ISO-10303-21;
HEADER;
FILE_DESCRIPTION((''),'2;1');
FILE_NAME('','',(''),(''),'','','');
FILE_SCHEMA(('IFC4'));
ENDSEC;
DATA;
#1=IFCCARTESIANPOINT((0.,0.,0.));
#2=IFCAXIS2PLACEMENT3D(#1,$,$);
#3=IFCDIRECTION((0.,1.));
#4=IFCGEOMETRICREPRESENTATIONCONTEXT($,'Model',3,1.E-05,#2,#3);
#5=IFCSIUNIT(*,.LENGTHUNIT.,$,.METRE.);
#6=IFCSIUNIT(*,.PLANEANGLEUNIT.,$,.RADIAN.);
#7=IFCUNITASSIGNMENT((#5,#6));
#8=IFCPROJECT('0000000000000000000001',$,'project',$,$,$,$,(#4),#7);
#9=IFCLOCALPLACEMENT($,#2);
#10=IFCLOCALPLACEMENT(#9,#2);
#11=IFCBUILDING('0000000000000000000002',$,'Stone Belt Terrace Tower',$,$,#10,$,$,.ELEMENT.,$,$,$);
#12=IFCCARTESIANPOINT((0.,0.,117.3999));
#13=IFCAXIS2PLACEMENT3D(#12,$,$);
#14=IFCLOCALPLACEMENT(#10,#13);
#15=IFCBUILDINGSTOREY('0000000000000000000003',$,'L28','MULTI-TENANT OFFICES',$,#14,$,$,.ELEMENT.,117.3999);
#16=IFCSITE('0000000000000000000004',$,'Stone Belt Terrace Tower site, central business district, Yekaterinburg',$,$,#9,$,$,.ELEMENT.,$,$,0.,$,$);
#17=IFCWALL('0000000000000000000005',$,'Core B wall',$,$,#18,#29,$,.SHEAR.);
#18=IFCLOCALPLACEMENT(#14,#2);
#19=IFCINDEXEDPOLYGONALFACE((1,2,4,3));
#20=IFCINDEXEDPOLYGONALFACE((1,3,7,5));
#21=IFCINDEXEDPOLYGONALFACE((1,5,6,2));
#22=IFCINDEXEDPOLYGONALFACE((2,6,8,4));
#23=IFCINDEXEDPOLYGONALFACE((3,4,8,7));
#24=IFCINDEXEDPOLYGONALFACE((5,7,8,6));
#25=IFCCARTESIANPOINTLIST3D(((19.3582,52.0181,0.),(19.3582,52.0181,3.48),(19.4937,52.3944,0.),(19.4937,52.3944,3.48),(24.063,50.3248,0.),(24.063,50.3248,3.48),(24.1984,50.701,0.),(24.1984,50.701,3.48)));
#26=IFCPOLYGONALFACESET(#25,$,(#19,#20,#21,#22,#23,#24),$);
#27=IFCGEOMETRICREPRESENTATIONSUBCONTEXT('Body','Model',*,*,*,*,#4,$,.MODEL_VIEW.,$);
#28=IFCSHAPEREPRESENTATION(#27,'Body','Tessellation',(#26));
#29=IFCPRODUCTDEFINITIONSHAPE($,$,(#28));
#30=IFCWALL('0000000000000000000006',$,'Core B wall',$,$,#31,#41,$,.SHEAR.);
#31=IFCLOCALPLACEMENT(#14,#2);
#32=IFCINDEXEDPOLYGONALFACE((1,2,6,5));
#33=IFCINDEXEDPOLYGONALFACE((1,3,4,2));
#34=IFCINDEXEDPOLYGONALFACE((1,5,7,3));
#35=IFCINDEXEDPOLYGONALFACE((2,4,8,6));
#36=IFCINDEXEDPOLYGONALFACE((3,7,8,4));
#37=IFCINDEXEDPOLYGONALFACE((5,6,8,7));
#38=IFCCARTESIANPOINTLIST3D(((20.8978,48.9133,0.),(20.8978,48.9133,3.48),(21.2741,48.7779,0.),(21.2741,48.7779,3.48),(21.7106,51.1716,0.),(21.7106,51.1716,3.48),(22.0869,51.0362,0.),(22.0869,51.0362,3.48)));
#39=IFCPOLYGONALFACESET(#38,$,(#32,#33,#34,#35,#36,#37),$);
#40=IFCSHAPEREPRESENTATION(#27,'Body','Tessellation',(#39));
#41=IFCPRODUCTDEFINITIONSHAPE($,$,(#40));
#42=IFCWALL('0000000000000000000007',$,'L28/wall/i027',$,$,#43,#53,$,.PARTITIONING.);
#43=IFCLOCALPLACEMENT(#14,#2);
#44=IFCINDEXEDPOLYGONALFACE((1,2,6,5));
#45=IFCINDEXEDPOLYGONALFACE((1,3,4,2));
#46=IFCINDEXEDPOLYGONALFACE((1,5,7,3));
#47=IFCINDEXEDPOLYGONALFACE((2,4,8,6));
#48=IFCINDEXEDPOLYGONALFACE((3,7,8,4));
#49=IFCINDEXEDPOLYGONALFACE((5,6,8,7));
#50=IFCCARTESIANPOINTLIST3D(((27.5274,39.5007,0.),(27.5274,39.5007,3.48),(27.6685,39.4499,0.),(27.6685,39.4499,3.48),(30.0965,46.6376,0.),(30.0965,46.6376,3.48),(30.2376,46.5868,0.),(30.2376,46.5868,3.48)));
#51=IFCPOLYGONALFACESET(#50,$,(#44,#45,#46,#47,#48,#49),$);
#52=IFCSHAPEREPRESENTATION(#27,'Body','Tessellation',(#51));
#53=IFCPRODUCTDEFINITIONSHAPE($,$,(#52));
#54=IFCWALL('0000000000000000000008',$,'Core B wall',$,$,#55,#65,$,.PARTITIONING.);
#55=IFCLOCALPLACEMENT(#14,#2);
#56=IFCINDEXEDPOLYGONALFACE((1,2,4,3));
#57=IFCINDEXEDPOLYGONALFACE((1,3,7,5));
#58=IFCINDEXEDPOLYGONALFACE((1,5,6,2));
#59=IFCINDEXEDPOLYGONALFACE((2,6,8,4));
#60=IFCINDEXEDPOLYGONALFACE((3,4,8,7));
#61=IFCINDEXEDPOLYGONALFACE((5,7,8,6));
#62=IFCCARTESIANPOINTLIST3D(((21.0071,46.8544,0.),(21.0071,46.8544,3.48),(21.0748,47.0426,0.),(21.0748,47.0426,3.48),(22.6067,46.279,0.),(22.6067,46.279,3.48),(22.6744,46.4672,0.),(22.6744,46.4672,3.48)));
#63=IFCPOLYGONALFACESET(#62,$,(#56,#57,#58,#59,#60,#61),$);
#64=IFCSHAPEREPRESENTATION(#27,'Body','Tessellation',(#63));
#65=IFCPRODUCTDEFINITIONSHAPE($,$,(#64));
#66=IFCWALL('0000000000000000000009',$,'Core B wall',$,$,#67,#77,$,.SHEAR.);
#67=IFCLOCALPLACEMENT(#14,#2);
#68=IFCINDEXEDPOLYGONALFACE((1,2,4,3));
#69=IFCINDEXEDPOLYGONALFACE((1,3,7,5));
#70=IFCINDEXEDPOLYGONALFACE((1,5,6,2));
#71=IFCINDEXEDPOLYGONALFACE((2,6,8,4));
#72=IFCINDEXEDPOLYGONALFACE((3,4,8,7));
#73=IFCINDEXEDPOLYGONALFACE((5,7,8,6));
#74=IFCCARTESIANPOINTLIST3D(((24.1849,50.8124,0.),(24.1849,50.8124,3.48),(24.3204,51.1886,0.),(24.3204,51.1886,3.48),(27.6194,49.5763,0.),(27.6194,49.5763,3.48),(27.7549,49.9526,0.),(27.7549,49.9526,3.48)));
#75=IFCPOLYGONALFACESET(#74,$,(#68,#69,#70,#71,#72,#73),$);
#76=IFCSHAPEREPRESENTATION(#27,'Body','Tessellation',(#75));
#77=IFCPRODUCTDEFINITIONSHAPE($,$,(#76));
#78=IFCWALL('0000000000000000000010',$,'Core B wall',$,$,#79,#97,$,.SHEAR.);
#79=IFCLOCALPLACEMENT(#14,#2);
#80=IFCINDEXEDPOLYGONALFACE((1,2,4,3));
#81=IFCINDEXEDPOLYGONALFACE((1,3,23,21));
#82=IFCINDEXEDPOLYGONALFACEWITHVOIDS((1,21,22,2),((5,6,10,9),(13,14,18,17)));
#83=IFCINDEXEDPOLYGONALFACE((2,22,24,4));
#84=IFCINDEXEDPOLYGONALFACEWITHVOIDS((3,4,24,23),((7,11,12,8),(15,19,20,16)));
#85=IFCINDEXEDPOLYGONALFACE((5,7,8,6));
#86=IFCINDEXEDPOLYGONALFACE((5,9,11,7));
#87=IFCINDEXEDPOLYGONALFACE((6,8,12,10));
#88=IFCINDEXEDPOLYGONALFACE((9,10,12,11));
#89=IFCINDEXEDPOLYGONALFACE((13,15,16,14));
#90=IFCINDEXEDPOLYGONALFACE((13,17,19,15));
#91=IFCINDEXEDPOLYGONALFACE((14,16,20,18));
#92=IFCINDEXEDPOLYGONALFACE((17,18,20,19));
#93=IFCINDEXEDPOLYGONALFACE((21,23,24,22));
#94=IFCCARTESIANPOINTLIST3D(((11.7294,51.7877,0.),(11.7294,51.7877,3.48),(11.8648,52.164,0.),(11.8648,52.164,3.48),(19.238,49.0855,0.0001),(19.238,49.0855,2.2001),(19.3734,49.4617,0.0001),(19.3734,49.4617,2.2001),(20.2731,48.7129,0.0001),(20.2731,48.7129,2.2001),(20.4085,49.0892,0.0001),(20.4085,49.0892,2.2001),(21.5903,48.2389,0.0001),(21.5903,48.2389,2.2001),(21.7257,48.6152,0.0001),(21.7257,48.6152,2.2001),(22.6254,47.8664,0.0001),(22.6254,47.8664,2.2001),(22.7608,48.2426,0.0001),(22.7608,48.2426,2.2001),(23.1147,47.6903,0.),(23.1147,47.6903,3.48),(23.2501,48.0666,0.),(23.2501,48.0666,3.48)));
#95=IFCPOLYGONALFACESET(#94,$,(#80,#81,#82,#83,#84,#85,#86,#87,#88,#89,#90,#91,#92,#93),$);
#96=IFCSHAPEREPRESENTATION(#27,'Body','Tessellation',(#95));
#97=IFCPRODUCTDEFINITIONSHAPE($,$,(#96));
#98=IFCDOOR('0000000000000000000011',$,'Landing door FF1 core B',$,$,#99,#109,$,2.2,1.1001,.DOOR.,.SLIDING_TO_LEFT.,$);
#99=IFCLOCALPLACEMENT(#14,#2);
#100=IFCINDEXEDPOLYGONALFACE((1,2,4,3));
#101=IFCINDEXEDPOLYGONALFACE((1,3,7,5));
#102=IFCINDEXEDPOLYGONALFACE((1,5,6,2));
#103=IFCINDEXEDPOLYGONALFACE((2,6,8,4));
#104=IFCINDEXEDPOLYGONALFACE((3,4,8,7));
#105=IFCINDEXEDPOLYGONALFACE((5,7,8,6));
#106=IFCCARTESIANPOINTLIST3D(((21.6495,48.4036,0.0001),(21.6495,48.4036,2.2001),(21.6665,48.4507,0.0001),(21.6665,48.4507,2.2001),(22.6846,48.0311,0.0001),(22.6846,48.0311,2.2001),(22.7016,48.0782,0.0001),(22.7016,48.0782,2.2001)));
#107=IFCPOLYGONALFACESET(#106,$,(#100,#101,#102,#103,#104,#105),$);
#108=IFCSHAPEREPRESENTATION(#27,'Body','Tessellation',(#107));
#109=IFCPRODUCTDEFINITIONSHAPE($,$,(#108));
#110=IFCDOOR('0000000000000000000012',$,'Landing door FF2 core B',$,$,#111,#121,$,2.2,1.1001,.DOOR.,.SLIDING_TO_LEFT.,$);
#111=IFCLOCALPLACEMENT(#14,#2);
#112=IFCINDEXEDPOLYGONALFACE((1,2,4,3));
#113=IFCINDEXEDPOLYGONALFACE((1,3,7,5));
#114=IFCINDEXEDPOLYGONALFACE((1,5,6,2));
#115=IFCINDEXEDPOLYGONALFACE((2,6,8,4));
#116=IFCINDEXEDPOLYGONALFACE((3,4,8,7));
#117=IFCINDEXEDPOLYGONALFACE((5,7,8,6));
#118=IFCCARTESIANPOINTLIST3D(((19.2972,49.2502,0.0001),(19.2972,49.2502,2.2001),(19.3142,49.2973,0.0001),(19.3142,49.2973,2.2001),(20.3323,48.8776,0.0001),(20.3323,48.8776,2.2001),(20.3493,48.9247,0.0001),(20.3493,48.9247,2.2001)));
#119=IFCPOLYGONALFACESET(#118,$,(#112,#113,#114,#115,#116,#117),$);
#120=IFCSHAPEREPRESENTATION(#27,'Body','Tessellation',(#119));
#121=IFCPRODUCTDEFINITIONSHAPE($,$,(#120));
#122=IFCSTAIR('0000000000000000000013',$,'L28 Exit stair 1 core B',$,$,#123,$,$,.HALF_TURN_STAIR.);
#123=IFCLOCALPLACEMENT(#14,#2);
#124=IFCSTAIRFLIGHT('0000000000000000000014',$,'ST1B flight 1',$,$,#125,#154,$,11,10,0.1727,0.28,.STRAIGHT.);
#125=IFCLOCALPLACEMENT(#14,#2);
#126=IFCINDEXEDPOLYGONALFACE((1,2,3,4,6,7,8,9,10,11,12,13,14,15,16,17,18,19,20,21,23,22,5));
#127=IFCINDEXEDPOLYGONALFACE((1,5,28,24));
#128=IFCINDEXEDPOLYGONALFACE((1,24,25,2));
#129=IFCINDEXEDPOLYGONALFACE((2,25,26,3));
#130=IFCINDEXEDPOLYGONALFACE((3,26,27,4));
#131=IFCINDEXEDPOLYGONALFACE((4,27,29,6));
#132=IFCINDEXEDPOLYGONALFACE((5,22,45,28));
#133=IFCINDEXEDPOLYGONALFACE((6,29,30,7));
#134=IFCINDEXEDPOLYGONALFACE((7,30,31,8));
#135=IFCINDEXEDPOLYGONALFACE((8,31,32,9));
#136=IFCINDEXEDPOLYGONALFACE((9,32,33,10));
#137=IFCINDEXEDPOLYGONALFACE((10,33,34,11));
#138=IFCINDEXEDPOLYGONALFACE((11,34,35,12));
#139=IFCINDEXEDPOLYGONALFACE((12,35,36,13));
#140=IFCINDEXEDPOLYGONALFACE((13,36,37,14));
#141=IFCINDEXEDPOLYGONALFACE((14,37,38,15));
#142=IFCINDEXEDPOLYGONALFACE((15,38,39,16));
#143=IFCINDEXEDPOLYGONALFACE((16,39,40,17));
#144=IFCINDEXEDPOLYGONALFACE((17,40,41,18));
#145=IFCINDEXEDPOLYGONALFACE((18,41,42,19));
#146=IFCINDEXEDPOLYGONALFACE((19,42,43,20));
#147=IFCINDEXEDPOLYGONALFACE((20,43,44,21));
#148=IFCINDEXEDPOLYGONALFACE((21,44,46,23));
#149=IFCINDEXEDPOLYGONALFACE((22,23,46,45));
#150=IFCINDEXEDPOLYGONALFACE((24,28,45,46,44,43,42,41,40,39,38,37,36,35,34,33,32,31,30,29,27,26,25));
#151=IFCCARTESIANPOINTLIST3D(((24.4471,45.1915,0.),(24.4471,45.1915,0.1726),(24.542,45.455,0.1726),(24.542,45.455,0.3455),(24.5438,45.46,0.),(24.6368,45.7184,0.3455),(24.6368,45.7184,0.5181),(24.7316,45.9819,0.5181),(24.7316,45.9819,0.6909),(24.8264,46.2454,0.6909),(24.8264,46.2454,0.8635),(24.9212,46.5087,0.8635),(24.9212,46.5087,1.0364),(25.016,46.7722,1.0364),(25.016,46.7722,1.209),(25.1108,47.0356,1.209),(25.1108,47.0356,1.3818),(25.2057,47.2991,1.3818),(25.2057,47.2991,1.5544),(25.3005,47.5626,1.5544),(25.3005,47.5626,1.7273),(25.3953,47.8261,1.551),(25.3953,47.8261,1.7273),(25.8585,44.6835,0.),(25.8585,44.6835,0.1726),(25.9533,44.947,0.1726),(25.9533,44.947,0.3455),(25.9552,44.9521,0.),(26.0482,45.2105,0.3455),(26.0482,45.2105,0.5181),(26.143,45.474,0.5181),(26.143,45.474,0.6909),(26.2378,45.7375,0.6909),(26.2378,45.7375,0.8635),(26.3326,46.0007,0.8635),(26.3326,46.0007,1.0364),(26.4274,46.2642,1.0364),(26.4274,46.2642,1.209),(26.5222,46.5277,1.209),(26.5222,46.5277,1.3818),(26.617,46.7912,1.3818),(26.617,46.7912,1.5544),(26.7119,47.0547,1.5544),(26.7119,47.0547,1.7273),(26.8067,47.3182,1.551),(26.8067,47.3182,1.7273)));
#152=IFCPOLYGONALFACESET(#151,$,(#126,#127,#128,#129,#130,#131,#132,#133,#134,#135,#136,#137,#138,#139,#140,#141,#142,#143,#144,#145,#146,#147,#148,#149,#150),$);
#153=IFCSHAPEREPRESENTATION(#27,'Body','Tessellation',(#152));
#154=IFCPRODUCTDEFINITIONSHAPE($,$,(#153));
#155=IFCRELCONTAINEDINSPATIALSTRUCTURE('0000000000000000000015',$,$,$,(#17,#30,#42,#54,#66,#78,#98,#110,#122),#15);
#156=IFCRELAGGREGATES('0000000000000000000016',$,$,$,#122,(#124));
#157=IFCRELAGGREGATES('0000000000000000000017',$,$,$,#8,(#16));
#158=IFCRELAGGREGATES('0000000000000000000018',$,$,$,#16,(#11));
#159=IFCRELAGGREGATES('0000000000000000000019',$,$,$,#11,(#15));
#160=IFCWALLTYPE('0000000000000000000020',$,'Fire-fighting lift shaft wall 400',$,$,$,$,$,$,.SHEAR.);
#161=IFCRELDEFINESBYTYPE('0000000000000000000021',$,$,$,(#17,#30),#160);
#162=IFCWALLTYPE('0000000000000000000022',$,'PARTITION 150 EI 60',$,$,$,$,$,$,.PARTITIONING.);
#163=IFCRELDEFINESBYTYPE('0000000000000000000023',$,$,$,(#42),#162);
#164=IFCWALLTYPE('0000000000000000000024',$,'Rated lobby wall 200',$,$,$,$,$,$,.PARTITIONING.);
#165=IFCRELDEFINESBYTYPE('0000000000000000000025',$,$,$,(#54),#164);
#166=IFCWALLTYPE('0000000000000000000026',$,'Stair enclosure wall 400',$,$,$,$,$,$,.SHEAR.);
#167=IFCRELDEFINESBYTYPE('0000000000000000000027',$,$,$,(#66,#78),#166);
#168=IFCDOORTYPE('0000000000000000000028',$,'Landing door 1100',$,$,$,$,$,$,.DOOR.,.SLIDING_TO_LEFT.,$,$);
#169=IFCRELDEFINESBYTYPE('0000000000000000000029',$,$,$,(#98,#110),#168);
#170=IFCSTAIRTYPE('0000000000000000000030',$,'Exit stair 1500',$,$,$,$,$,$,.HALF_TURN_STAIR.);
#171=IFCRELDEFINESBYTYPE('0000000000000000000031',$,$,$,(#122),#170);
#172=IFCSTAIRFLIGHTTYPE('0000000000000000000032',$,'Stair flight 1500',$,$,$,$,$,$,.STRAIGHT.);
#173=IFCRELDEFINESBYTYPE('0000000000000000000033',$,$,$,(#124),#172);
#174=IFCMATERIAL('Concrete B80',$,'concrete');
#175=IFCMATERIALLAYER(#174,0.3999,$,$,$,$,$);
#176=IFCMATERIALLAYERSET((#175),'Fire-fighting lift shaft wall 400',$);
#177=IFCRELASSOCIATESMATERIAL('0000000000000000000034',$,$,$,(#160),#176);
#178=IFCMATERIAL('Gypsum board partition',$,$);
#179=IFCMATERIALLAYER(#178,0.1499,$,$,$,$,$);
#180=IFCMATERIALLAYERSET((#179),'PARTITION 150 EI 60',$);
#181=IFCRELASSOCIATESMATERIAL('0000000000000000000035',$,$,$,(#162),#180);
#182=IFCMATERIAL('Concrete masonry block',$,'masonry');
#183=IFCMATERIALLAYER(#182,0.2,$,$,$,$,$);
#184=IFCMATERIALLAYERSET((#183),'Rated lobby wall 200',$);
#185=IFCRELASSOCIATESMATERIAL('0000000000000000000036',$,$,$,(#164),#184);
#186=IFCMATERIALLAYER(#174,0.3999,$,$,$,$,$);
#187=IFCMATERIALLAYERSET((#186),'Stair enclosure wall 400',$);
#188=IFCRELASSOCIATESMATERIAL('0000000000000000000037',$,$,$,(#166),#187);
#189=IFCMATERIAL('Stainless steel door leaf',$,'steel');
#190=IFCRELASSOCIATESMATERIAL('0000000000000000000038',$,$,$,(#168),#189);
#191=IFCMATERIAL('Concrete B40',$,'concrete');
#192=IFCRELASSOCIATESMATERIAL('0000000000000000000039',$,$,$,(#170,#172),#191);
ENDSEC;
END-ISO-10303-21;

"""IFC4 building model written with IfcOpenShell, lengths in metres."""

from ifc_helpers import new_model, si_unit, direction, frame, frame_2d, origin, place, context, subcontext, project, spatial, polyline, rectangle, outline, extrude, material, layer, layer_set, type_object, element, fill, aggregate, save


model = new_model("IFC4")

# Units and contexts
model_context = context("Model", 3, precision=1e-05, world=origin(), true_north=direction((0.0, 1.0)))
body_context = subcontext(model_context, "Body", "Model", "MODEL_VIEW")
ifc_project = project(units=[si_unit("LENGTHUNIT", "METRE"), si_unit("PLANEANGLEUNIT", "RADIAN")], contexts=[model_context])

# Site, building, storey
site_placement = place(None, origin())
site = spatial("IfcSite", under=ifc_project, at=site_placement, Name="Stone Belt Terrace Tower site, central business district, Yekaterinburg", CompositionType="ELEMENT", RefElevation=0.0)
building_placement = place(site_placement, origin())
building = spatial("IfcBuilding", under=site, at=building_placement, Name="Stone Belt Terrace Tower", CompositionType="ELEMENT")
storey_placement = place(building_placement, frame((0.0, 0.0, 117.3999)))
storey = spatial("IfcBuildingStorey", under=building, at=storey_placement, Name="L28", Description="MULTI-TENANT OFFICES", CompositionType="ELEMENT", Elevation=117.3999)

# Walls
ifc_material_1 = material(Name="Concrete B80", Category="concrete")
ifc_layer_1 = layer(ifc_material_1, 0.3999)
ifc_layer_set_1 = layer_set([ifc_layer_1], Name="Fire-fighting lift shaft wall 400")
wall_type_1 = type_object("IfcWallType", Name="Fire-fighting lift shaft wall 400", PredefinedType="SHEAR", material=ifc_layer_set_1)
wall_1_placement = place(storey_placement, frame((24.1306, 50.5129, 0.0), z_axis=(0.0, 0.0, 1.0), x_axis=(-0.940912, 0.338652, 0.0)))
element("IfcWall", 1, at=wall_1_placement, inside=storey, type_object=wall_type_1, Name="Core B wall", PredefinedType="SHEAR", context=body_context, shape_type="SweptSolid", body=[
    extrude(rectangle(XDim=5.0002, YDim=0.3999, at=frame_2d((2.5, 0.0))), origin(), (0.0, 0.0, 1.0), 3.48),
])
wall_2_placement = place(storey_placement, frame((21.0859, 48.8455, 0.0), z_axis=(0.0, 0.0, 1.0), x_axis=(0.338629, 0.94092, 0.0)))
element("IfcWall", 2, at=wall_2_placement, inside=storey, type_object=wall_type_1, Name="Core B wall", PredefinedType="SHEAR", context=body_context, shape_type="SweptSolid", body=[
    extrude(rectangle(XDim=2.4001, YDim=0.3999, at=frame_2d((1.2002, 0.0))), origin(), (0.0, 0.0, 1.0), 3.48),
])
ifc_material_2 = material(Name="Gypsum board partition")
ifc_layer_2 = layer(ifc_material_2, 0.1499)
ifc_layer_set_2 = layer_set([ifc_layer_2], Name="PARTITION 150 EI 60")
wall_type_2 = type_object("IfcWallType", Name="PARTITION 150 EI 60", PredefinedType="PARTITIONING", material=ifc_layer_set_2)
wall_3_placement = place(storey_placement, frame((30.167, 46.6121, 0.0), z_axis=(0.0, 0.0, 1.0), x_axis=(-0.338694, -0.940896, 0.0)))
element("IfcWall", 3, at=wall_3_placement, inside=storey, type_object=wall_type_2, Name="L28/wall/i027", PredefinedType="PARTITIONING", context=body_context, shape_type="SweptSolid", body=[
    extrude(rectangle(XDim=7.5852, YDim=0.1499, at=frame_2d((3.7925, 0.0))), origin(), (0.0, 0.0, 1.0), 3.48),
])
ifc_material_3 = material(Name="Concrete masonry block", Category="masonry")
ifc_layer_3 = layer(ifc_material_3, 0.2)
ifc_layer_set_3 = layer_set([ifc_layer_3], Name="Rated lobby wall 200")
wall_type_3 = type_object("IfcWallType", Name="Rated lobby wall 200", PredefinedType="PARTITIONING", material=ifc_layer_set_3)
wall_4_placement = place(storey_placement, frame((22.6406, 46.373, 0.0), z_axis=(0.0, 0.0, 1.0), x_axis=(-0.940966, 0.338501, 0.0)))
element("IfcWall", 4, at=wall_4_placement, inside=storey, type_object=wall_type_3, Name="Core B wall", PredefinedType="PARTITIONING", context=body_context, shape_type="SweptSolid", body=[
    extrude(rectangle(XDim=1.7, YDim=0.2, at=frame_2d((0.8501, 0.0))), origin(), (0.0, 0.0, 1.0), 3.48),
])
ifc_layer_4 = layer(ifc_material_1, 0.3999)
ifc_layer_set_4 = layer_set([ifc_layer_4], Name="Stair enclosure wall 400")
wall_type_4 = type_object("IfcWallType", Name="Stair enclosure wall 400", PredefinedType="SHEAR", material=ifc_layer_set_4)
wall_5_placement = place(storey_placement, frame((27.6873, 49.7644, 0.0), z_axis=(0.0, 0.0, 1.0), x_axis=(-0.940919, 0.338632, 0.0)))
element("IfcWall", 5, at=wall_5_placement, inside=storey, type_object=wall_type_4, Name="Core B wall", PredefinedType="SHEAR", context=body_context, shape_type="SweptSolid", body=[
    extrude(rectangle(XDim=3.6501, YDim=0.3999, at=frame_2d((1.8252, 0.0))), origin(), (0.0, 0.0, 1.0), 3.48),
])

# Wall, openings, doors
wall_6_placement = place(storey_placement, frame((23.1824, 47.8784, 0.0), z_axis=(0.0, 0.0, 1.0), x_axis=(-0.940921, 0.338626, 0.0)))
wall_6 = element("IfcWall", 6, at=wall_6_placement, inside=storey, type_object=wall_type_4, Name="Core B wall", PredefinedType="SHEAR", context=body_context, shape_type="SweptSolid", body=[
    extrude(rectangle(XDim=12.1001, YDim=0.3999, at=frame_2d((6.05, 0.0))), origin(), (0.0, 0.0, 1.0), 3.48),
])
opening_1_placement = place(wall_6_placement, frame((0.52, 0.0, 0.0)))
opening_1 = element("IfcOpeningElement", 7, at=opening_1_placement, cuts=wall_6, PredefinedType="OPENING", context=body_context, shape_type="SweptSolid", body=[
    extrude(rectangle(XDim=1.1001, YDim=2.2, at=frame_2d((0.55, 1.1001))), frame((0.0, 0.21, 0.0), z_axis=(0.0, -1.0, 0.0), x_axis=(1.0, 0.0, 0.0)), (0.0, 0.0, 1.0), 0.4199),
])
opening_2_placement = place(wall_6_placement, frame((3.02, 0.0, 0.0)))
opening_2 = element("IfcOpeningElement", 8, at=opening_2_placement, cuts=wall_6, PredefinedType="OPENING", context=body_context, shape_type="SweptSolid", body=[
    extrude(rectangle(XDim=1.1001, YDim=2.2, at=frame_2d((0.55, 1.1001))), frame((0.0, 0.21, 0.0), z_axis=(0.0, -1.0, 0.0), x_axis=(1.0, 0.0, 0.0)), (0.0, 0.0, 1.0), 0.4199),
])
ifc_material_4 = material(Name="Stainless steel door leaf", Category="steel")
door_type = type_object("IfcDoorType", Name="Landing door 1100", OperationType="SLIDING_TO_LEFT", PredefinedType="DOOR", material=ifc_material_4)
door_1_placement = place(opening_1_placement, origin())
door_1 = element("IfcDoor", 9, at=door_1_placement, inside=storey, type_object=door_type, Name="Landing door FF1 core B", OperationType="SLIDING_TO_LEFT", OverallHeight=2.2, OverallWidth=1.1001, PredefinedType="DOOR", context=body_context, shape_type="SweptSolid", body=[
    extrude(rectangle(XDim=1.1001, YDim=2.2, at=frame_2d((0.55, 1.1001))), frame((0.0, 0.0249, 0.0), z_axis=(0.0, -1.0, 0.0), x_axis=(1.0, 0.0, 0.0)), (0.0, 0.0, 1.0), 0.05),
])
fill(opening_1, door_1)
door_2_placement = place(opening_2_placement, origin())
door_2 = element("IfcDoor", 10, at=door_2_placement, inside=storey, type_object=door_type, Name="Landing door FF2 core B", OperationType="SLIDING_TO_LEFT", OverallHeight=2.2, OverallWidth=1.1001, PredefinedType="DOOR", context=body_context, shape_type="SweptSolid", body=[
    extrude(rectangle(XDim=1.1001, YDim=2.2, at=frame_2d((0.55, 1.1001))), frame((0.0, 0.0249, 0.0), z_axis=(0.0, -1.0, 0.0), x_axis=(1.0, 0.0, 0.0)), (0.0, 0.0, 1.0), 0.05),
])
fill(opening_2, door_2)

# Stair, stair flight
ifc_material_5 = material(Name="Concrete B40", Category="concrete")
stair_type = type_object("IfcStairType", Name="Exit stair 1500", PredefinedType="HALF_TURN_STAIR", material=ifc_material_5)
stair_placement = place(storey_placement, origin())
stair = element("IfcStair", 11, at=stair_placement, inside=storey, type_object=stair_type, Name="L28 Exit stair 1 core B", PredefinedType="HALF_TURN_STAIR")
stair_flight_type = type_object("IfcStairFlightType", Name="Stair flight 1500", PredefinedType="STRAIGHT", material=ifc_material_5)
stair_flight_1_placement = place(storey_placement, frame((25.1528, 44.9375, 0.0), z_axis=(0.0, 0.0, 1.0), x_axis=(0.338624, 0.940922, 0.0)))
stair_flight_1 = element("IfcStairFlight", 12, at=stair_flight_1_placement, type_object=stair_flight_type, Name="ST1B flight 1", NumberOfRisers=11, NumberOfTreads=10, PredefinedType="STRAIGHT", RiserHeight=0.1727, TreadLength=0.28, context=body_context, shape_type="SweptSolid", body=[
    extrude(outline(polyline([(0.0, 0.0), (0.0, 0.1726), (0.28, 0.1726), (0.28, 0.3455), (0.5601, 0.3455), (0.5601, 0.5181), (0.8401, 0.5181), (0.8401, 0.6909), (1.1201, 0.6909), (1.1201, 0.8635), (1.3999, 0.8635), (1.3999, 1.0364), (1.6799, 1.0364), (1.6799, 1.209), (1.96, 1.209), (1.96, 1.3818), (2.24, 1.3818), (2.24, 1.5544), (2.52, 1.5544), (2.52, 1.7273), (2.8, 1.7273), (2.8, 1.8999), (2.8, 1.551), (0.2854, 0.0), (0.0, 0.0)])), frame((0.0, 0.75, 0.0), z_axis=(0.0, -1.0, 0.0), x_axis=(1.0, 0.0, 0.0)), (0.0, 0.0, 1.0), 1.5),
])
aggregate(stair, [stair_flight_1])

save(model, "model.ifc")
